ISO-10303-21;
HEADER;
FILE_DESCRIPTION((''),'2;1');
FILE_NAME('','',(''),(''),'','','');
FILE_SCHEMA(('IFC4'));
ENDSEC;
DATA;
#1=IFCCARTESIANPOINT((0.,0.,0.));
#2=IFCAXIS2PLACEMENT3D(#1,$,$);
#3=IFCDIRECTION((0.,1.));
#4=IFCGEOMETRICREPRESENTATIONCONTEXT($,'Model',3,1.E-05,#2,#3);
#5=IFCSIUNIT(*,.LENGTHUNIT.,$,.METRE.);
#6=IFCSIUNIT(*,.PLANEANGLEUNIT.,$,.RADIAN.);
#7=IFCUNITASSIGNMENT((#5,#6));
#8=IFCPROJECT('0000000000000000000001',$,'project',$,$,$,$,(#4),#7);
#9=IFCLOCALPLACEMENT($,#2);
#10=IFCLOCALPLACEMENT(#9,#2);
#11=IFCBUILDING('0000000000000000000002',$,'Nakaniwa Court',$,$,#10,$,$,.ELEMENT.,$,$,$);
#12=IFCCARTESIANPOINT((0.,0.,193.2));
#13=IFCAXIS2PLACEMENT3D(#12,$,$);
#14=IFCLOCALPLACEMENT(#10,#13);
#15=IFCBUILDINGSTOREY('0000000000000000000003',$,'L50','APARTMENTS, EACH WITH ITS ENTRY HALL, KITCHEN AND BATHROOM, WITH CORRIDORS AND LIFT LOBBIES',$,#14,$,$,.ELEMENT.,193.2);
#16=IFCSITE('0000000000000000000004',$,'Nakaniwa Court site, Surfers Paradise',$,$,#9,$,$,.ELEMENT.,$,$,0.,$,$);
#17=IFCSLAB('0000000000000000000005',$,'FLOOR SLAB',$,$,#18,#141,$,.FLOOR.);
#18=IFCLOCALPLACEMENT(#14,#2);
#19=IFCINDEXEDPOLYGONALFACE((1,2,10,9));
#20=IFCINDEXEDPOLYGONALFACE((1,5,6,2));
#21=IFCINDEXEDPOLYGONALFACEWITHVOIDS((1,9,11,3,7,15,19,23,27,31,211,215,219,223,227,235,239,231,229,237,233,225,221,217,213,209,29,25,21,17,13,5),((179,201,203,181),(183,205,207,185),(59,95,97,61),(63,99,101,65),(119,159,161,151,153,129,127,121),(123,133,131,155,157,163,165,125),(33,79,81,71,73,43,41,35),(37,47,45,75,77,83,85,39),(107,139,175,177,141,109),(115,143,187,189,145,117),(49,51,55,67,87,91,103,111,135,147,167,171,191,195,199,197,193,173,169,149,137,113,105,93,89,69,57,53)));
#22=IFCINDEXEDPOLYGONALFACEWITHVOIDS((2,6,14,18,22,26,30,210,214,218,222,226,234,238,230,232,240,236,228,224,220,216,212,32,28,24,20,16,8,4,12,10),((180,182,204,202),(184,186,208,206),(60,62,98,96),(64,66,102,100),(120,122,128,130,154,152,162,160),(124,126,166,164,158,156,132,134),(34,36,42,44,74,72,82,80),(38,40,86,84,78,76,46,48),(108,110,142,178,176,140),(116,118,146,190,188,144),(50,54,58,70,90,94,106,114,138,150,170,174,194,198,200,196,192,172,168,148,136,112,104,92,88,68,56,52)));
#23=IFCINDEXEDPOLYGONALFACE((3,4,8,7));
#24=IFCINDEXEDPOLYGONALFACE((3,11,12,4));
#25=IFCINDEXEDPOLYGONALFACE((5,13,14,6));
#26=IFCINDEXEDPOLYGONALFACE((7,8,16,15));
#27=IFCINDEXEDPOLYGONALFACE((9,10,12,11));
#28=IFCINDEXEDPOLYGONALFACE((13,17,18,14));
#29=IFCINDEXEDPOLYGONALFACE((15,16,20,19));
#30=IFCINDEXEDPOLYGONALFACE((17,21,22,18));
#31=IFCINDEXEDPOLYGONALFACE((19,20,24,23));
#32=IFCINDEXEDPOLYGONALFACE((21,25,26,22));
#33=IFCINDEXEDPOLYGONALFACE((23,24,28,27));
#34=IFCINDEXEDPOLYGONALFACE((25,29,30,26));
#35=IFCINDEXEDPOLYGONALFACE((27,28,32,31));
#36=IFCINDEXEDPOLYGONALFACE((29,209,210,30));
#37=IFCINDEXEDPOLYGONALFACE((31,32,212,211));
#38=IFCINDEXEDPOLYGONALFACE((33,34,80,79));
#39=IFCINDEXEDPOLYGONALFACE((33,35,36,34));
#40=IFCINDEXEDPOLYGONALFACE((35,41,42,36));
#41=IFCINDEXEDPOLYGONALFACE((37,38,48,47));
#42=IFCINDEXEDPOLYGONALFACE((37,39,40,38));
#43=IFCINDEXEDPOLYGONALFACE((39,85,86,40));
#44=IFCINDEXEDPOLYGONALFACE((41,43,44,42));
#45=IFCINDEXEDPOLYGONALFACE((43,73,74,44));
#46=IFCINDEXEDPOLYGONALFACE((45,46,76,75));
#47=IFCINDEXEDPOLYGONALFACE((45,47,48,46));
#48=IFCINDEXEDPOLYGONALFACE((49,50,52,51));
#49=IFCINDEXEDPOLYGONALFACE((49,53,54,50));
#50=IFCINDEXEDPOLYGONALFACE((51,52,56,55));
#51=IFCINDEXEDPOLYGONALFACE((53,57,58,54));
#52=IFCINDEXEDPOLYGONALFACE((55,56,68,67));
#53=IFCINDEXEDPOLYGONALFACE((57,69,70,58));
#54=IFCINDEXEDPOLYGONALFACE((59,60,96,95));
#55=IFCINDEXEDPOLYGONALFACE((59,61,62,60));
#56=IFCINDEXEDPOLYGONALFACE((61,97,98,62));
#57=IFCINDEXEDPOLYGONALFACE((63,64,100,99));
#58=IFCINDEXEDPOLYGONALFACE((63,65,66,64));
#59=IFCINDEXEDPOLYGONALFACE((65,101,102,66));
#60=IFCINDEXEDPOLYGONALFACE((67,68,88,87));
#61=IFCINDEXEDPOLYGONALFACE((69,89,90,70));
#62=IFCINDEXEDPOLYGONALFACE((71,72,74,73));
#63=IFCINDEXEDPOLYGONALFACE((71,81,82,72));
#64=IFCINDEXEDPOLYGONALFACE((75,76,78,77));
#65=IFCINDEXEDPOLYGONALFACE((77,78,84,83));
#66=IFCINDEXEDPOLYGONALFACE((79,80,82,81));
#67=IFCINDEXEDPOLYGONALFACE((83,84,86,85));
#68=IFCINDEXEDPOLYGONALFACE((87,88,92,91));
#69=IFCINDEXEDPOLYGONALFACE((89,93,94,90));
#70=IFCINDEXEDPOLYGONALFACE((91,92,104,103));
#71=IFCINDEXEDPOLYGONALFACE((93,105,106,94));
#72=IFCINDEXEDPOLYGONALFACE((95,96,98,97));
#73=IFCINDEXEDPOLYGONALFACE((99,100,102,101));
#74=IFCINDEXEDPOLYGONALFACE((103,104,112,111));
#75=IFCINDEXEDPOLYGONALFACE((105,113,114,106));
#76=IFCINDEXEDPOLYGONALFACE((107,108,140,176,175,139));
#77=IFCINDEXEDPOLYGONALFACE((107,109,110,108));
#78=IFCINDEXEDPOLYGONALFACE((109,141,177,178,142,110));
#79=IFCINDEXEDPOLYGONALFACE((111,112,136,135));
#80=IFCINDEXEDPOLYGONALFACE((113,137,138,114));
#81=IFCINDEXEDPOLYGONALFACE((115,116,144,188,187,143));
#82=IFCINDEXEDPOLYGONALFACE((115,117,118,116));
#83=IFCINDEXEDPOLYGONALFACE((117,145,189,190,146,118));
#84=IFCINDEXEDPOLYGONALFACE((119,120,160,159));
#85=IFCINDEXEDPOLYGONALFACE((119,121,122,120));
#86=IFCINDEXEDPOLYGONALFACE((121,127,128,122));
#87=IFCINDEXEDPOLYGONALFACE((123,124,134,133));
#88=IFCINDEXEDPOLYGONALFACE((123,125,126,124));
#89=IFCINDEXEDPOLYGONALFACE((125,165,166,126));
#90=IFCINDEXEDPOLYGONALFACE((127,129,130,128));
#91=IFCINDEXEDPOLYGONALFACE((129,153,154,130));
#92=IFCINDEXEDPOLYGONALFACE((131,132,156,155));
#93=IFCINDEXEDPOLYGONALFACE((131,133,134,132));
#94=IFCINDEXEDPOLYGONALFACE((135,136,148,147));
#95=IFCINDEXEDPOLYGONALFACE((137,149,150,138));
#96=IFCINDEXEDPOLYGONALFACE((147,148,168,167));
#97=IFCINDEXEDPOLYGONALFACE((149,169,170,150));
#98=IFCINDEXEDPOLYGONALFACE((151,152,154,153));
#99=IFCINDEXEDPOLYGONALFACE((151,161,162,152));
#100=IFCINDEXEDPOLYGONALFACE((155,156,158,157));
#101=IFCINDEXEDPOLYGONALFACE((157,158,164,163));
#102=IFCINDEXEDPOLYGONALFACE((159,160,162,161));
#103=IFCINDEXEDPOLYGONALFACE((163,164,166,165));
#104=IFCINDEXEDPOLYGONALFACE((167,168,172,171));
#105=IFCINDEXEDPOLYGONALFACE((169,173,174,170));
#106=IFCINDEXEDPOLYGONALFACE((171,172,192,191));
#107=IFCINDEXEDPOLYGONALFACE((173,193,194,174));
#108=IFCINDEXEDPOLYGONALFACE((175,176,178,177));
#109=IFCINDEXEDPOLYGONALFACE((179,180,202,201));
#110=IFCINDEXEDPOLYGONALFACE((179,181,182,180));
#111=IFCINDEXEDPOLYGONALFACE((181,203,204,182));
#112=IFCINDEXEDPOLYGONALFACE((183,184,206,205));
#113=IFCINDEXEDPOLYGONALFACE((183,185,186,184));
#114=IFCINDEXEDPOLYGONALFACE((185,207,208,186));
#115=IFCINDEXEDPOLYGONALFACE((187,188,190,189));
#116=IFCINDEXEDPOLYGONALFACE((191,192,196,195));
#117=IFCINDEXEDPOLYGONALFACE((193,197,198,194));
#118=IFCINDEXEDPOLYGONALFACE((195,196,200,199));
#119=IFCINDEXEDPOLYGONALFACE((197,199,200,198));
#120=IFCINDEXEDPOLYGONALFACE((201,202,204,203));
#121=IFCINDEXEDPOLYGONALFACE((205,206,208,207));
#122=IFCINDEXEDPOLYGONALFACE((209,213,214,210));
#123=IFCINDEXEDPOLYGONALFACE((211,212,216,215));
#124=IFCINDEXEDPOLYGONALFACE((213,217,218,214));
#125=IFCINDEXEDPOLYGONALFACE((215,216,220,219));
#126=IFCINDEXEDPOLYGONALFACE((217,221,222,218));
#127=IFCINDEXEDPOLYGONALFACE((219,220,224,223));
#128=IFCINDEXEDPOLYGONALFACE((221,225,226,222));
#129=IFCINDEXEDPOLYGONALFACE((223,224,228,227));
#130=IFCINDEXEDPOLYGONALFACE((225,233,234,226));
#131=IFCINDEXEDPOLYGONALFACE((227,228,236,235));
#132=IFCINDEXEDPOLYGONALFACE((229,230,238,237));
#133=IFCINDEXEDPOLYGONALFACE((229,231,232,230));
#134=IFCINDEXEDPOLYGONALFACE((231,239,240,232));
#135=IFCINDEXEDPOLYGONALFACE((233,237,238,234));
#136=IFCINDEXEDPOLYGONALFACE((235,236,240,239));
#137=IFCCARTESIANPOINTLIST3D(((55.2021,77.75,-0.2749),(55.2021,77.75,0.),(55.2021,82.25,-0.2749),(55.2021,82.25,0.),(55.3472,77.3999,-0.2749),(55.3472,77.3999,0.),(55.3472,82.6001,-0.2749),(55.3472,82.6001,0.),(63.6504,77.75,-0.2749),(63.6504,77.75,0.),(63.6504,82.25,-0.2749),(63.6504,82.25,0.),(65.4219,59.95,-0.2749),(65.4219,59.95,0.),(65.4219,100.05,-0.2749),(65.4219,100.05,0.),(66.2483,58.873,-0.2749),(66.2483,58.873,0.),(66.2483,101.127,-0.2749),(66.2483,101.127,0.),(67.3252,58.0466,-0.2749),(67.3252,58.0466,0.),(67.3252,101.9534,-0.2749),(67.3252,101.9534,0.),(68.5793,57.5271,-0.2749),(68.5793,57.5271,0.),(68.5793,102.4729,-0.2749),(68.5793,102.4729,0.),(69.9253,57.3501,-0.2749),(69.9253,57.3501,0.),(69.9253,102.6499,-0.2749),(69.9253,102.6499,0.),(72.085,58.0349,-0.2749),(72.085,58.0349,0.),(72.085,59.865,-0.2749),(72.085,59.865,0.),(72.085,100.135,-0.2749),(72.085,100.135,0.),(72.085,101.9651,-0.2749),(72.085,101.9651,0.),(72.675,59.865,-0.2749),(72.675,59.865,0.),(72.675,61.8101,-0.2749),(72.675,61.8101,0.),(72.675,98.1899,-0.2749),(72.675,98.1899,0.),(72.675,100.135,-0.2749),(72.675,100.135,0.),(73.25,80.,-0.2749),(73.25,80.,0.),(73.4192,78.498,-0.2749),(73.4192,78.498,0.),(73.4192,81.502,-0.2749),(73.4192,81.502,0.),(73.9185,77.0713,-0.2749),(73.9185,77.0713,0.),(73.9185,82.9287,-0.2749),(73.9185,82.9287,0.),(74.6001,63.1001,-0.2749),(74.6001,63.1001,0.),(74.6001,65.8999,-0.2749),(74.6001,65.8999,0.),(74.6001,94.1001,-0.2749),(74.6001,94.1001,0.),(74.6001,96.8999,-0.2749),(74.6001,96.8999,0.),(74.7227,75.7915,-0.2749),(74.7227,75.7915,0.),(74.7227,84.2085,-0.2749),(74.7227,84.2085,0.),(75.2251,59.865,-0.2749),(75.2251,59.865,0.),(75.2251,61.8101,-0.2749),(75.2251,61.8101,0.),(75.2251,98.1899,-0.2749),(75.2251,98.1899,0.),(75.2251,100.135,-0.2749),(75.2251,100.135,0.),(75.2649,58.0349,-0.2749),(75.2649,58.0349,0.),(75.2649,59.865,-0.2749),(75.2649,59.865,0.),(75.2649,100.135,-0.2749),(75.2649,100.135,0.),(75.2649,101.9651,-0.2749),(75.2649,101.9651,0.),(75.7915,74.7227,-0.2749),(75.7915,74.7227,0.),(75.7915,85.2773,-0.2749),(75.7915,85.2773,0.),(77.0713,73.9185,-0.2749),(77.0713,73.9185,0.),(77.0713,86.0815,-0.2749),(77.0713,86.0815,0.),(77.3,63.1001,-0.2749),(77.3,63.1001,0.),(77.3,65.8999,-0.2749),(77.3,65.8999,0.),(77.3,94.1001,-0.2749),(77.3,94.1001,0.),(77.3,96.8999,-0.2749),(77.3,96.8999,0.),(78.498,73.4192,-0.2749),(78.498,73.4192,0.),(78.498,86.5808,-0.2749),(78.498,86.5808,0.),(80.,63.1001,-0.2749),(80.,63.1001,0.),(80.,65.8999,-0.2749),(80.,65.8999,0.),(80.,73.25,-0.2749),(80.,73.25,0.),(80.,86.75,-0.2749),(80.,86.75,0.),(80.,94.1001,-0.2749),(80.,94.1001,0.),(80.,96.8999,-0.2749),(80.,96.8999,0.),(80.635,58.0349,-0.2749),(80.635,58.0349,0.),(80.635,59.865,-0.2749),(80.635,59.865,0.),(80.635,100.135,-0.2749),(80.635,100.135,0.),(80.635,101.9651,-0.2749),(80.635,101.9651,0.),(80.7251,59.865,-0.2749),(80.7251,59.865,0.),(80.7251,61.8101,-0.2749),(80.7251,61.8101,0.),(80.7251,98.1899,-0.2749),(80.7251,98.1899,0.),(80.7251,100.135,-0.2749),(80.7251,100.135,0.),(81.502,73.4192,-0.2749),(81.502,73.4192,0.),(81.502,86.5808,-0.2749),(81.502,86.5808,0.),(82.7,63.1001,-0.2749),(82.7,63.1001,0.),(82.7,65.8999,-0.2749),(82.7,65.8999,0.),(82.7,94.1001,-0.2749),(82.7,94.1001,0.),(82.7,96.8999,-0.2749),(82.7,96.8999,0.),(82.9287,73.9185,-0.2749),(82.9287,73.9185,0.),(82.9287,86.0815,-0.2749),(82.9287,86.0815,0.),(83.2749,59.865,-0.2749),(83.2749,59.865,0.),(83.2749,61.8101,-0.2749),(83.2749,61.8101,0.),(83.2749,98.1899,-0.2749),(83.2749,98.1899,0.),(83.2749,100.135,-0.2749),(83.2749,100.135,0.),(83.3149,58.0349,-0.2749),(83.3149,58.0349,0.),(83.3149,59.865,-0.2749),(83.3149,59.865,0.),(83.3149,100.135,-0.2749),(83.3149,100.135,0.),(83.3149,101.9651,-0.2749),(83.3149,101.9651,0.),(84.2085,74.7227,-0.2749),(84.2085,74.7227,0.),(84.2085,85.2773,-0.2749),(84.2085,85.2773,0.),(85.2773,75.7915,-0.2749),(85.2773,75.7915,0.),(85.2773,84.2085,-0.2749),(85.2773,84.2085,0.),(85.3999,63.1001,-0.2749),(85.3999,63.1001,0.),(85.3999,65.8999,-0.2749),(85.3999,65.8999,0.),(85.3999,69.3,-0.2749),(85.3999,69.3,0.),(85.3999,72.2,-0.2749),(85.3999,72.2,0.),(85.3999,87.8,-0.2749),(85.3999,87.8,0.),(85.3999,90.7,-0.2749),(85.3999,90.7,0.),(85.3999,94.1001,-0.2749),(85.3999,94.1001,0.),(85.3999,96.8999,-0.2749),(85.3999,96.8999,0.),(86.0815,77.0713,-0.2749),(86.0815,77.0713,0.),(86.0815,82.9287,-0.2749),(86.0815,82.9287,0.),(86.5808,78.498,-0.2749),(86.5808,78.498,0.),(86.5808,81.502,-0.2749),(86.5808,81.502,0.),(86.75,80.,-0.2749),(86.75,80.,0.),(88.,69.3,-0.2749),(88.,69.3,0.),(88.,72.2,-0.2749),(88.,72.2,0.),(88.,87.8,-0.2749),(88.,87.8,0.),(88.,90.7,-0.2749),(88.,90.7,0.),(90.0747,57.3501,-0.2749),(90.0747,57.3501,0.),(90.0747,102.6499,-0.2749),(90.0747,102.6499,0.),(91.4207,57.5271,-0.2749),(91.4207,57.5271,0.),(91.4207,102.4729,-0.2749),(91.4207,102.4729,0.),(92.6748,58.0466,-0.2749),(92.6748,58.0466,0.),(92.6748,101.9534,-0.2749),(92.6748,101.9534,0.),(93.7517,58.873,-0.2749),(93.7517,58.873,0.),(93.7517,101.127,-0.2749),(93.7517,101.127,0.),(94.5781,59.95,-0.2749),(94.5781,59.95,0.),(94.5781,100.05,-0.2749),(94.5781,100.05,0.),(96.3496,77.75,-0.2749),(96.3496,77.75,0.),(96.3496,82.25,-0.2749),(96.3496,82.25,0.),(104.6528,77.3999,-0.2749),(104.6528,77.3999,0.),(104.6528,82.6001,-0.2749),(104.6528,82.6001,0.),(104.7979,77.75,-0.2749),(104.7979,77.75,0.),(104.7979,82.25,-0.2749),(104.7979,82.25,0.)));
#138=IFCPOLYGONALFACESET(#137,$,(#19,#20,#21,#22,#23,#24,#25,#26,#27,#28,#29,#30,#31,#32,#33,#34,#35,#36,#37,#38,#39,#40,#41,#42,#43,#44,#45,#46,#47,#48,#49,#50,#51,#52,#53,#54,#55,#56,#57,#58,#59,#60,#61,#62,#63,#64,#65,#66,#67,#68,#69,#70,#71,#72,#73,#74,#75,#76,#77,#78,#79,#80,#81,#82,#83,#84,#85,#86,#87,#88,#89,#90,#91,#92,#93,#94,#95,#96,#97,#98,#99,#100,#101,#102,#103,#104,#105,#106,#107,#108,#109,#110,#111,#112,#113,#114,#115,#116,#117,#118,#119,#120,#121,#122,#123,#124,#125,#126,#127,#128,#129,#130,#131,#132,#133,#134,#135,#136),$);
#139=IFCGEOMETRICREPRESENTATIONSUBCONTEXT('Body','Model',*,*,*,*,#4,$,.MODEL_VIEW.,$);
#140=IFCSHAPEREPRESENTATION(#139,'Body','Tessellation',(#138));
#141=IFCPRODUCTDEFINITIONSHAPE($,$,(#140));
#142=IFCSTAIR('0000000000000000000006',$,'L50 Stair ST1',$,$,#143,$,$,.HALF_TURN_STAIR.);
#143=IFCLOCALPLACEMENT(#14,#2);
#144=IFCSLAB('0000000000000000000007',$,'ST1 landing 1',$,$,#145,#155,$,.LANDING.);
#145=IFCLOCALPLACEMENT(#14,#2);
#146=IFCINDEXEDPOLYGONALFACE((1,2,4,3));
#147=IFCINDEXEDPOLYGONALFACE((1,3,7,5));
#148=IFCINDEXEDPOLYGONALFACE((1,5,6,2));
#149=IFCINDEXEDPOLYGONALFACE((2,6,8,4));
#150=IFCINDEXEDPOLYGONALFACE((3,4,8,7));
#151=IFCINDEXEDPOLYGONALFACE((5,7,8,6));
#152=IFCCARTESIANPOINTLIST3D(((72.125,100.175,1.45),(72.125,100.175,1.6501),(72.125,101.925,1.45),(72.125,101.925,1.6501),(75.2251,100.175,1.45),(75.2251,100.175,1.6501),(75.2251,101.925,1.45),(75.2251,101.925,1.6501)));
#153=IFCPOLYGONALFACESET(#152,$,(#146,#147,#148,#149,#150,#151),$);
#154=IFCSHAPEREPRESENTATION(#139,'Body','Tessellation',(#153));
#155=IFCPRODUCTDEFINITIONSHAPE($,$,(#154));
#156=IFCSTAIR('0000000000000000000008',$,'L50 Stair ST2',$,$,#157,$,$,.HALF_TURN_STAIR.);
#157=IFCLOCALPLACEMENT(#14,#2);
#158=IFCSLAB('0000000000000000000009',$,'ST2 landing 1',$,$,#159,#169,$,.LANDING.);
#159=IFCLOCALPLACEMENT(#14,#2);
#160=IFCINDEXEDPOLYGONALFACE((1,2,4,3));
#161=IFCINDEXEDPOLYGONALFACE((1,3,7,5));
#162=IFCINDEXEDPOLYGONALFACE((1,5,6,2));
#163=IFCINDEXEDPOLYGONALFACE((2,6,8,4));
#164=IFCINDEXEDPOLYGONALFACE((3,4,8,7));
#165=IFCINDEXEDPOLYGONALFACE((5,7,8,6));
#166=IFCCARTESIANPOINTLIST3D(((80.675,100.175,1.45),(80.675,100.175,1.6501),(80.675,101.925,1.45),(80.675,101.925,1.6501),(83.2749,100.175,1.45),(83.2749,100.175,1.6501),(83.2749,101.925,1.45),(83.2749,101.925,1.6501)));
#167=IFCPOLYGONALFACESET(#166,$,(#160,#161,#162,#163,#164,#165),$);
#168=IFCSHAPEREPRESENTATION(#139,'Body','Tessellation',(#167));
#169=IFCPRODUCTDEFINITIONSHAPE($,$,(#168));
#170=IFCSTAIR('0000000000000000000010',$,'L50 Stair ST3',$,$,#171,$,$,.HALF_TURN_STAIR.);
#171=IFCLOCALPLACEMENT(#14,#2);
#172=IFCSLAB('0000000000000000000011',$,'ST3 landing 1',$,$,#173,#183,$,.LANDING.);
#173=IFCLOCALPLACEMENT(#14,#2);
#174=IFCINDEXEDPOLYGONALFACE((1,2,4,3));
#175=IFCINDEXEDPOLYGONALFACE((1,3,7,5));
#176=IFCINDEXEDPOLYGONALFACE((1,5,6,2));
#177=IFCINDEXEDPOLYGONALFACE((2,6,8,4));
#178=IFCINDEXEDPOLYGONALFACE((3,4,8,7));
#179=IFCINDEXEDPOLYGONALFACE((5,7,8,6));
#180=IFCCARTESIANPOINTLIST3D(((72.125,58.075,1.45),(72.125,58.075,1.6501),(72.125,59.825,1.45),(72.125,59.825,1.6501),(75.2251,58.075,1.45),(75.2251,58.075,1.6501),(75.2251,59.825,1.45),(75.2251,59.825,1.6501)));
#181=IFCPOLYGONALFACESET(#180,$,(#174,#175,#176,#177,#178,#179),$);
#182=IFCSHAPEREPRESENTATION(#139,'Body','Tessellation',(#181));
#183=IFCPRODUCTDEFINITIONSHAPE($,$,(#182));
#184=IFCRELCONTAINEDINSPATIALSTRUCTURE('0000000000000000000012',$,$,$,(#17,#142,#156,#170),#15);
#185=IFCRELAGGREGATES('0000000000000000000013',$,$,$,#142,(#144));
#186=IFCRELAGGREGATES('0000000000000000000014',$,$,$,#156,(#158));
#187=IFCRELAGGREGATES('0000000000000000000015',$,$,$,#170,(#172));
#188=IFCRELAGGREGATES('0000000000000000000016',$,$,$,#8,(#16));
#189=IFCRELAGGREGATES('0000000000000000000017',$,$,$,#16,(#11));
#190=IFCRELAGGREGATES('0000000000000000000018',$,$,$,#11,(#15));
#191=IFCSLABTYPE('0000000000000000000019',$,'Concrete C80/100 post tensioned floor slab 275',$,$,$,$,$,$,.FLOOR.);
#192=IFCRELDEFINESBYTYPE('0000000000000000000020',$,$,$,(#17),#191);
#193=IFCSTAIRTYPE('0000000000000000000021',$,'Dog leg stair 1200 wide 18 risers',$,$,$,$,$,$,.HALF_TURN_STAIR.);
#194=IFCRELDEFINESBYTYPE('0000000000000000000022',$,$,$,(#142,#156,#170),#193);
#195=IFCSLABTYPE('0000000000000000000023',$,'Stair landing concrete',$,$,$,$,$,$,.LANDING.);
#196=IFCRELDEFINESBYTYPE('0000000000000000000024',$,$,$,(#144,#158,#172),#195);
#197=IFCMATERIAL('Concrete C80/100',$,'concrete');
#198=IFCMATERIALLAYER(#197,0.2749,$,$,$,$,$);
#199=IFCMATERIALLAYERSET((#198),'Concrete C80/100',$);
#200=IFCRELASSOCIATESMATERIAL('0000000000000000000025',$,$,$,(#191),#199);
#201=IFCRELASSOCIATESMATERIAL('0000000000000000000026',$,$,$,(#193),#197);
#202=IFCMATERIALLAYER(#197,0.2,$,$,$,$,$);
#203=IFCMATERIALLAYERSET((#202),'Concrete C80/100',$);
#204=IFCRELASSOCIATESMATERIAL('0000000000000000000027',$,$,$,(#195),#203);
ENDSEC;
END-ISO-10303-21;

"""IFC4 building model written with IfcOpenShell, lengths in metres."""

from ifc_helpers import new_model, si_unit, direction, frame, origin, place, context, subcontext, project, spatial, polyline, outline, extrude, material, layer, layer_set, type_object, element, aggregate, save


model = new_model("IFC4")

# Units and contexts
model_context = context("Model", 3, precision=1e-05, world=origin(), true_north=direction((0.0, 1.0)))
body_context = subcontext(model_context, "Body", "Model", "MODEL_VIEW")
ifc_project = project(units=[si_unit("LENGTHUNIT", "METRE"), si_unit("PLANEANGLEUNIT", "RADIAN")], contexts=[model_context])

# Site, building, storey
site_placement = place(None, origin())
site = spatial("IfcSite", under=ifc_project, at=site_placement, Name="Nakaniwa Court site, Surfers Paradise", CompositionType="ELEMENT", RefElevation=0.0)
building_placement = place(site_placement, origin())
building = spatial("IfcBuilding", under=site, at=building_placement, Name="Nakaniwa Court", CompositionType="ELEMENT")
storey_placement = place(building_placement, frame((0.0, 0.0, 193.2)))
storey = spatial("IfcBuildingStorey", under=building, at=storey_placement, Name="L50", Description="APARTMENTS, EACH WITH ITS ENTRY HALL, KITCHEN AND BATHROOM, WITH CORRIDORS AND LIFT LOBBIES", CompositionType="ELEMENT", Elevation=193.2)

# Shared definitions
ifc_material_1 = material(Name="Concrete C80/100", Category="concrete")

# Slab
ifc_layer_1 = layer(ifc_material_1, 0.2749)
ifc_layer_set_1 = layer_set([ifc_layer_1], Name="Concrete C80/100")
slab_type_1 = type_object("IfcSlabType", Name="Concrete C80/100 post tensioned floor slab 275", PredefinedType="FLOOR", material=ifc_layer_set_1)
slab_1_placement = place(storey_placement, frame((0.0, 0.0, -0.2749)))
element("IfcSlab", 1, at=slab_1_placement, inside=storey, type_object=slab_type_1, Name="FLOOR SLAB", PredefinedType="FLOOR", context=body_context, shape_type="SweptSolid", body=[
    extrude(outline(polyline([(96.3496, 82.25), (104.7979, 82.25), (104.6528, 82.6001), (94.5781, 100.05), (93.7517, 101.127), (92.6748, 101.9534), (91.4207, 102.4729), (90.0747, 102.6499), (69.9253, 102.6499), (68.5793, 102.4729), (67.3252, 101.9534), (66.2483, 101.127), (65.4219, 100.05), (55.3472, 82.6001), (55.2021, 82.25), (63.6504, 82.25), (63.6504, 77.75), (55.2021, 77.75), (55.3472, 77.3999), (65.4219, 59.95), (66.2483, 58.873), (67.3252, 58.0466), (68.5793, 57.5271), (69.9253, 57.3501), (90.0747, 57.3501), (91.4207, 57.5271), (92.6748, 58.0466), (93.7517, 58.873), (94.5781, 59.95), (104.6528, 77.3999), (104.7979, 77.75), (96.3496, 77.75), (96.3496, 82.25)]), holes=[polyline([(81.502, 86.5808), (80.0, 86.75), (78.498, 86.5808), (77.0713, 86.0815), (75.7915, 85.2773), (74.7227, 84.2085), (73.9185, 82.9287), (73.4192, 81.502), (73.25, 80.0), (73.4192, 78.498), (73.9185, 77.0713), (74.7227, 75.7915), (75.7915, 74.7227), (77.0713, 73.9185), (78.498, 73.4192), (80.0, 73.25), (81.502, 73.4192), (82.9287, 73.9185), (84.2085, 74.7227), (85.2773, 75.7915), (86.0815, 77.0713), (86.5808, 78.498), (86.75, 80.0), (86.5808, 81.502), (86.0815, 82.9287), (85.2773, 84.2085), (84.2085, 85.2773), (82.9287, 86.0815), (81.502, 86.5808)]), polyline([(72.675, 61.8101), (72.675, 59.865), (72.085, 59.865), (72.085, 58.0349), (75.2649, 58.0349), (75.2649, 59.865), (75.2251, 59.865), (75.2251, 61.8101), (72.675, 61.8101)]), polyline([(77.3, 65.8999), (74.6001, 65.8999), (74.6001, 63.1001), (77.3, 63.1001), (77.3, 65.8999)]), polyline([(80.0, 65.8999), (80.0, 63.1001), (82.7, 63.1001), (85.3999, 63.1001), (85.3999, 65.8999), (82.7, 65.8999), (80.0, 65.8999)]), polyline([(77.3, 96.8999), (74.6001, 96.8999), (74.6001, 94.1001), (77.3, 94.1001), (77.3, 96.8999)]), polyline([(80.0, 96.8999), (80.0, 94.1001), (82.7, 94.1001), (85.3999, 94.1001), (85.3999, 96.8999), (82.7, 96.8999), (80.0, 96.8999)]), polyline([(75.2649, 100.135), (75.2649, 101.9651), (72.085, 101.9651), (72.085, 100.135), (72.675, 100.135), (72.675, 98.1899), (75.2251, 98.1899), (75.2251, 100.135), (75.2649, 100.135)]), polyline([(83.2749, 61.8101), (80.7251, 61.8101), (80.7251, 59.865), (80.635, 59.865), (80.635, 58.0349), (83.3149, 58.0349), (83.3149, 59.865), (83.2749, 59.865), (83.2749, 61.8101)]), polyline([(88.0, 72.2), (85.3999, 72.2), (85.3999, 69.3), (88.0, 69.3), (88.0, 72.2)]), polyline([(88.0, 90.7), (85.3999, 90.7), (85.3999, 87.8), (88.0, 87.8), (88.0, 90.7)]), polyline([(83.3149, 100.135), (83.3149, 101.9651), (80.635, 101.9651), (80.635, 100.135), (80.7251, 100.135), (80.7251, 98.1899), (83.2749, 98.1899), (83.2749, 100.135), (83.3149, 100.135)])]), origin(), (0.0, 0.0, 1.0), 0.2749),
])

# Stairs, slabs
stair_type = type_object("IfcStairType", Name="Dog leg stair 1200 wide 18 risers", PredefinedType="HALF_TURN_STAIR", material=ifc_material_1)
stair_1_placement = place(storey_placement, origin())
stair_1 = element("IfcStair", 2, at=stair_1_placement, inside=storey, type_object=stair_type, Name="L50 Stair ST1", PredefinedType="HALF_TURN_STAIR")
ifc_layer_2 = layer(ifc_material_1, 0.2)
ifc_layer_set_2 = layer_set([ifc_layer_2], Name="Concrete C80/100")
slab_type_2 = type_object("IfcSlabType", Name="Stair landing concrete", PredefinedType="LANDING", material=ifc_layer_set_2)
slab_2_placement = place(storey_placement, frame((0.0, 0.0, 1.45)))
slab_2 = element("IfcSlab", 3, at=slab_2_placement, type_object=slab_type_2, Name="ST1 landing 1", PredefinedType="LANDING", context=body_context, shape_type="SweptSolid", body=[
    extrude(outline(polyline([(75.2251, 100.175), (75.2251, 101.925), (72.125, 101.925), (72.125, 100.175), (75.2251, 100.175)])), origin(), (0.0, 0.0, 1.0), 0.2002),
])
aggregate(stair_1, [slab_2])
stair_2_placement = place(storey_placement, origin())
stair_2 = element("IfcStair", 4, at=stair_2_placement, inside=storey, type_object=stair_type, Name="L50 Stair ST2", PredefinedType="HALF_TURN_STAIR")
slab_3_placement = place(storey_placement, frame((0.0, 0.0, 1.45)))
slab_3 = element("IfcSlab", 5, at=slab_3_placement, type_object=slab_type_2, Name="ST2 landing 1", PredefinedType="LANDING", context=body_context, shape_type="SweptSolid", body=[
    extrude(outline(polyline([(83.2749, 100.175), (83.2749, 101.925), (80.675, 101.925), (80.675, 100.175), (83.2749, 100.175)])), origin(), (0.0, 0.0, 1.0), 0.2002),
])
aggregate(stair_2, [slab_3])
stair_3_placement = place(storey_placement, origin())
stair_3 = element("IfcStair", 6, at=stair_3_placement, inside=storey, type_object=stair_type, Name="L50 Stair ST3", PredefinedType="HALF_TURN_STAIR")
slab_4_placement = place(storey_placement, frame((0.0, 0.0, 1.45)))
slab_4 = element("IfcSlab", 7, at=slab_4_placement, type_object=slab_type_2, Name="ST3 landing 1", PredefinedType="LANDING", context=body_context, shape_type="SweptSolid", body=[
    extrude(outline(polyline([(75.2251, 58.075), (75.2251, 59.825), (72.125, 59.825), (72.125, 58.075), (75.2251, 58.075)])), origin(), (0.0, 0.0, 1.0), 0.2002),
])
aggregate(stair_3, [slab_4])

save(model, "model.ifc")
